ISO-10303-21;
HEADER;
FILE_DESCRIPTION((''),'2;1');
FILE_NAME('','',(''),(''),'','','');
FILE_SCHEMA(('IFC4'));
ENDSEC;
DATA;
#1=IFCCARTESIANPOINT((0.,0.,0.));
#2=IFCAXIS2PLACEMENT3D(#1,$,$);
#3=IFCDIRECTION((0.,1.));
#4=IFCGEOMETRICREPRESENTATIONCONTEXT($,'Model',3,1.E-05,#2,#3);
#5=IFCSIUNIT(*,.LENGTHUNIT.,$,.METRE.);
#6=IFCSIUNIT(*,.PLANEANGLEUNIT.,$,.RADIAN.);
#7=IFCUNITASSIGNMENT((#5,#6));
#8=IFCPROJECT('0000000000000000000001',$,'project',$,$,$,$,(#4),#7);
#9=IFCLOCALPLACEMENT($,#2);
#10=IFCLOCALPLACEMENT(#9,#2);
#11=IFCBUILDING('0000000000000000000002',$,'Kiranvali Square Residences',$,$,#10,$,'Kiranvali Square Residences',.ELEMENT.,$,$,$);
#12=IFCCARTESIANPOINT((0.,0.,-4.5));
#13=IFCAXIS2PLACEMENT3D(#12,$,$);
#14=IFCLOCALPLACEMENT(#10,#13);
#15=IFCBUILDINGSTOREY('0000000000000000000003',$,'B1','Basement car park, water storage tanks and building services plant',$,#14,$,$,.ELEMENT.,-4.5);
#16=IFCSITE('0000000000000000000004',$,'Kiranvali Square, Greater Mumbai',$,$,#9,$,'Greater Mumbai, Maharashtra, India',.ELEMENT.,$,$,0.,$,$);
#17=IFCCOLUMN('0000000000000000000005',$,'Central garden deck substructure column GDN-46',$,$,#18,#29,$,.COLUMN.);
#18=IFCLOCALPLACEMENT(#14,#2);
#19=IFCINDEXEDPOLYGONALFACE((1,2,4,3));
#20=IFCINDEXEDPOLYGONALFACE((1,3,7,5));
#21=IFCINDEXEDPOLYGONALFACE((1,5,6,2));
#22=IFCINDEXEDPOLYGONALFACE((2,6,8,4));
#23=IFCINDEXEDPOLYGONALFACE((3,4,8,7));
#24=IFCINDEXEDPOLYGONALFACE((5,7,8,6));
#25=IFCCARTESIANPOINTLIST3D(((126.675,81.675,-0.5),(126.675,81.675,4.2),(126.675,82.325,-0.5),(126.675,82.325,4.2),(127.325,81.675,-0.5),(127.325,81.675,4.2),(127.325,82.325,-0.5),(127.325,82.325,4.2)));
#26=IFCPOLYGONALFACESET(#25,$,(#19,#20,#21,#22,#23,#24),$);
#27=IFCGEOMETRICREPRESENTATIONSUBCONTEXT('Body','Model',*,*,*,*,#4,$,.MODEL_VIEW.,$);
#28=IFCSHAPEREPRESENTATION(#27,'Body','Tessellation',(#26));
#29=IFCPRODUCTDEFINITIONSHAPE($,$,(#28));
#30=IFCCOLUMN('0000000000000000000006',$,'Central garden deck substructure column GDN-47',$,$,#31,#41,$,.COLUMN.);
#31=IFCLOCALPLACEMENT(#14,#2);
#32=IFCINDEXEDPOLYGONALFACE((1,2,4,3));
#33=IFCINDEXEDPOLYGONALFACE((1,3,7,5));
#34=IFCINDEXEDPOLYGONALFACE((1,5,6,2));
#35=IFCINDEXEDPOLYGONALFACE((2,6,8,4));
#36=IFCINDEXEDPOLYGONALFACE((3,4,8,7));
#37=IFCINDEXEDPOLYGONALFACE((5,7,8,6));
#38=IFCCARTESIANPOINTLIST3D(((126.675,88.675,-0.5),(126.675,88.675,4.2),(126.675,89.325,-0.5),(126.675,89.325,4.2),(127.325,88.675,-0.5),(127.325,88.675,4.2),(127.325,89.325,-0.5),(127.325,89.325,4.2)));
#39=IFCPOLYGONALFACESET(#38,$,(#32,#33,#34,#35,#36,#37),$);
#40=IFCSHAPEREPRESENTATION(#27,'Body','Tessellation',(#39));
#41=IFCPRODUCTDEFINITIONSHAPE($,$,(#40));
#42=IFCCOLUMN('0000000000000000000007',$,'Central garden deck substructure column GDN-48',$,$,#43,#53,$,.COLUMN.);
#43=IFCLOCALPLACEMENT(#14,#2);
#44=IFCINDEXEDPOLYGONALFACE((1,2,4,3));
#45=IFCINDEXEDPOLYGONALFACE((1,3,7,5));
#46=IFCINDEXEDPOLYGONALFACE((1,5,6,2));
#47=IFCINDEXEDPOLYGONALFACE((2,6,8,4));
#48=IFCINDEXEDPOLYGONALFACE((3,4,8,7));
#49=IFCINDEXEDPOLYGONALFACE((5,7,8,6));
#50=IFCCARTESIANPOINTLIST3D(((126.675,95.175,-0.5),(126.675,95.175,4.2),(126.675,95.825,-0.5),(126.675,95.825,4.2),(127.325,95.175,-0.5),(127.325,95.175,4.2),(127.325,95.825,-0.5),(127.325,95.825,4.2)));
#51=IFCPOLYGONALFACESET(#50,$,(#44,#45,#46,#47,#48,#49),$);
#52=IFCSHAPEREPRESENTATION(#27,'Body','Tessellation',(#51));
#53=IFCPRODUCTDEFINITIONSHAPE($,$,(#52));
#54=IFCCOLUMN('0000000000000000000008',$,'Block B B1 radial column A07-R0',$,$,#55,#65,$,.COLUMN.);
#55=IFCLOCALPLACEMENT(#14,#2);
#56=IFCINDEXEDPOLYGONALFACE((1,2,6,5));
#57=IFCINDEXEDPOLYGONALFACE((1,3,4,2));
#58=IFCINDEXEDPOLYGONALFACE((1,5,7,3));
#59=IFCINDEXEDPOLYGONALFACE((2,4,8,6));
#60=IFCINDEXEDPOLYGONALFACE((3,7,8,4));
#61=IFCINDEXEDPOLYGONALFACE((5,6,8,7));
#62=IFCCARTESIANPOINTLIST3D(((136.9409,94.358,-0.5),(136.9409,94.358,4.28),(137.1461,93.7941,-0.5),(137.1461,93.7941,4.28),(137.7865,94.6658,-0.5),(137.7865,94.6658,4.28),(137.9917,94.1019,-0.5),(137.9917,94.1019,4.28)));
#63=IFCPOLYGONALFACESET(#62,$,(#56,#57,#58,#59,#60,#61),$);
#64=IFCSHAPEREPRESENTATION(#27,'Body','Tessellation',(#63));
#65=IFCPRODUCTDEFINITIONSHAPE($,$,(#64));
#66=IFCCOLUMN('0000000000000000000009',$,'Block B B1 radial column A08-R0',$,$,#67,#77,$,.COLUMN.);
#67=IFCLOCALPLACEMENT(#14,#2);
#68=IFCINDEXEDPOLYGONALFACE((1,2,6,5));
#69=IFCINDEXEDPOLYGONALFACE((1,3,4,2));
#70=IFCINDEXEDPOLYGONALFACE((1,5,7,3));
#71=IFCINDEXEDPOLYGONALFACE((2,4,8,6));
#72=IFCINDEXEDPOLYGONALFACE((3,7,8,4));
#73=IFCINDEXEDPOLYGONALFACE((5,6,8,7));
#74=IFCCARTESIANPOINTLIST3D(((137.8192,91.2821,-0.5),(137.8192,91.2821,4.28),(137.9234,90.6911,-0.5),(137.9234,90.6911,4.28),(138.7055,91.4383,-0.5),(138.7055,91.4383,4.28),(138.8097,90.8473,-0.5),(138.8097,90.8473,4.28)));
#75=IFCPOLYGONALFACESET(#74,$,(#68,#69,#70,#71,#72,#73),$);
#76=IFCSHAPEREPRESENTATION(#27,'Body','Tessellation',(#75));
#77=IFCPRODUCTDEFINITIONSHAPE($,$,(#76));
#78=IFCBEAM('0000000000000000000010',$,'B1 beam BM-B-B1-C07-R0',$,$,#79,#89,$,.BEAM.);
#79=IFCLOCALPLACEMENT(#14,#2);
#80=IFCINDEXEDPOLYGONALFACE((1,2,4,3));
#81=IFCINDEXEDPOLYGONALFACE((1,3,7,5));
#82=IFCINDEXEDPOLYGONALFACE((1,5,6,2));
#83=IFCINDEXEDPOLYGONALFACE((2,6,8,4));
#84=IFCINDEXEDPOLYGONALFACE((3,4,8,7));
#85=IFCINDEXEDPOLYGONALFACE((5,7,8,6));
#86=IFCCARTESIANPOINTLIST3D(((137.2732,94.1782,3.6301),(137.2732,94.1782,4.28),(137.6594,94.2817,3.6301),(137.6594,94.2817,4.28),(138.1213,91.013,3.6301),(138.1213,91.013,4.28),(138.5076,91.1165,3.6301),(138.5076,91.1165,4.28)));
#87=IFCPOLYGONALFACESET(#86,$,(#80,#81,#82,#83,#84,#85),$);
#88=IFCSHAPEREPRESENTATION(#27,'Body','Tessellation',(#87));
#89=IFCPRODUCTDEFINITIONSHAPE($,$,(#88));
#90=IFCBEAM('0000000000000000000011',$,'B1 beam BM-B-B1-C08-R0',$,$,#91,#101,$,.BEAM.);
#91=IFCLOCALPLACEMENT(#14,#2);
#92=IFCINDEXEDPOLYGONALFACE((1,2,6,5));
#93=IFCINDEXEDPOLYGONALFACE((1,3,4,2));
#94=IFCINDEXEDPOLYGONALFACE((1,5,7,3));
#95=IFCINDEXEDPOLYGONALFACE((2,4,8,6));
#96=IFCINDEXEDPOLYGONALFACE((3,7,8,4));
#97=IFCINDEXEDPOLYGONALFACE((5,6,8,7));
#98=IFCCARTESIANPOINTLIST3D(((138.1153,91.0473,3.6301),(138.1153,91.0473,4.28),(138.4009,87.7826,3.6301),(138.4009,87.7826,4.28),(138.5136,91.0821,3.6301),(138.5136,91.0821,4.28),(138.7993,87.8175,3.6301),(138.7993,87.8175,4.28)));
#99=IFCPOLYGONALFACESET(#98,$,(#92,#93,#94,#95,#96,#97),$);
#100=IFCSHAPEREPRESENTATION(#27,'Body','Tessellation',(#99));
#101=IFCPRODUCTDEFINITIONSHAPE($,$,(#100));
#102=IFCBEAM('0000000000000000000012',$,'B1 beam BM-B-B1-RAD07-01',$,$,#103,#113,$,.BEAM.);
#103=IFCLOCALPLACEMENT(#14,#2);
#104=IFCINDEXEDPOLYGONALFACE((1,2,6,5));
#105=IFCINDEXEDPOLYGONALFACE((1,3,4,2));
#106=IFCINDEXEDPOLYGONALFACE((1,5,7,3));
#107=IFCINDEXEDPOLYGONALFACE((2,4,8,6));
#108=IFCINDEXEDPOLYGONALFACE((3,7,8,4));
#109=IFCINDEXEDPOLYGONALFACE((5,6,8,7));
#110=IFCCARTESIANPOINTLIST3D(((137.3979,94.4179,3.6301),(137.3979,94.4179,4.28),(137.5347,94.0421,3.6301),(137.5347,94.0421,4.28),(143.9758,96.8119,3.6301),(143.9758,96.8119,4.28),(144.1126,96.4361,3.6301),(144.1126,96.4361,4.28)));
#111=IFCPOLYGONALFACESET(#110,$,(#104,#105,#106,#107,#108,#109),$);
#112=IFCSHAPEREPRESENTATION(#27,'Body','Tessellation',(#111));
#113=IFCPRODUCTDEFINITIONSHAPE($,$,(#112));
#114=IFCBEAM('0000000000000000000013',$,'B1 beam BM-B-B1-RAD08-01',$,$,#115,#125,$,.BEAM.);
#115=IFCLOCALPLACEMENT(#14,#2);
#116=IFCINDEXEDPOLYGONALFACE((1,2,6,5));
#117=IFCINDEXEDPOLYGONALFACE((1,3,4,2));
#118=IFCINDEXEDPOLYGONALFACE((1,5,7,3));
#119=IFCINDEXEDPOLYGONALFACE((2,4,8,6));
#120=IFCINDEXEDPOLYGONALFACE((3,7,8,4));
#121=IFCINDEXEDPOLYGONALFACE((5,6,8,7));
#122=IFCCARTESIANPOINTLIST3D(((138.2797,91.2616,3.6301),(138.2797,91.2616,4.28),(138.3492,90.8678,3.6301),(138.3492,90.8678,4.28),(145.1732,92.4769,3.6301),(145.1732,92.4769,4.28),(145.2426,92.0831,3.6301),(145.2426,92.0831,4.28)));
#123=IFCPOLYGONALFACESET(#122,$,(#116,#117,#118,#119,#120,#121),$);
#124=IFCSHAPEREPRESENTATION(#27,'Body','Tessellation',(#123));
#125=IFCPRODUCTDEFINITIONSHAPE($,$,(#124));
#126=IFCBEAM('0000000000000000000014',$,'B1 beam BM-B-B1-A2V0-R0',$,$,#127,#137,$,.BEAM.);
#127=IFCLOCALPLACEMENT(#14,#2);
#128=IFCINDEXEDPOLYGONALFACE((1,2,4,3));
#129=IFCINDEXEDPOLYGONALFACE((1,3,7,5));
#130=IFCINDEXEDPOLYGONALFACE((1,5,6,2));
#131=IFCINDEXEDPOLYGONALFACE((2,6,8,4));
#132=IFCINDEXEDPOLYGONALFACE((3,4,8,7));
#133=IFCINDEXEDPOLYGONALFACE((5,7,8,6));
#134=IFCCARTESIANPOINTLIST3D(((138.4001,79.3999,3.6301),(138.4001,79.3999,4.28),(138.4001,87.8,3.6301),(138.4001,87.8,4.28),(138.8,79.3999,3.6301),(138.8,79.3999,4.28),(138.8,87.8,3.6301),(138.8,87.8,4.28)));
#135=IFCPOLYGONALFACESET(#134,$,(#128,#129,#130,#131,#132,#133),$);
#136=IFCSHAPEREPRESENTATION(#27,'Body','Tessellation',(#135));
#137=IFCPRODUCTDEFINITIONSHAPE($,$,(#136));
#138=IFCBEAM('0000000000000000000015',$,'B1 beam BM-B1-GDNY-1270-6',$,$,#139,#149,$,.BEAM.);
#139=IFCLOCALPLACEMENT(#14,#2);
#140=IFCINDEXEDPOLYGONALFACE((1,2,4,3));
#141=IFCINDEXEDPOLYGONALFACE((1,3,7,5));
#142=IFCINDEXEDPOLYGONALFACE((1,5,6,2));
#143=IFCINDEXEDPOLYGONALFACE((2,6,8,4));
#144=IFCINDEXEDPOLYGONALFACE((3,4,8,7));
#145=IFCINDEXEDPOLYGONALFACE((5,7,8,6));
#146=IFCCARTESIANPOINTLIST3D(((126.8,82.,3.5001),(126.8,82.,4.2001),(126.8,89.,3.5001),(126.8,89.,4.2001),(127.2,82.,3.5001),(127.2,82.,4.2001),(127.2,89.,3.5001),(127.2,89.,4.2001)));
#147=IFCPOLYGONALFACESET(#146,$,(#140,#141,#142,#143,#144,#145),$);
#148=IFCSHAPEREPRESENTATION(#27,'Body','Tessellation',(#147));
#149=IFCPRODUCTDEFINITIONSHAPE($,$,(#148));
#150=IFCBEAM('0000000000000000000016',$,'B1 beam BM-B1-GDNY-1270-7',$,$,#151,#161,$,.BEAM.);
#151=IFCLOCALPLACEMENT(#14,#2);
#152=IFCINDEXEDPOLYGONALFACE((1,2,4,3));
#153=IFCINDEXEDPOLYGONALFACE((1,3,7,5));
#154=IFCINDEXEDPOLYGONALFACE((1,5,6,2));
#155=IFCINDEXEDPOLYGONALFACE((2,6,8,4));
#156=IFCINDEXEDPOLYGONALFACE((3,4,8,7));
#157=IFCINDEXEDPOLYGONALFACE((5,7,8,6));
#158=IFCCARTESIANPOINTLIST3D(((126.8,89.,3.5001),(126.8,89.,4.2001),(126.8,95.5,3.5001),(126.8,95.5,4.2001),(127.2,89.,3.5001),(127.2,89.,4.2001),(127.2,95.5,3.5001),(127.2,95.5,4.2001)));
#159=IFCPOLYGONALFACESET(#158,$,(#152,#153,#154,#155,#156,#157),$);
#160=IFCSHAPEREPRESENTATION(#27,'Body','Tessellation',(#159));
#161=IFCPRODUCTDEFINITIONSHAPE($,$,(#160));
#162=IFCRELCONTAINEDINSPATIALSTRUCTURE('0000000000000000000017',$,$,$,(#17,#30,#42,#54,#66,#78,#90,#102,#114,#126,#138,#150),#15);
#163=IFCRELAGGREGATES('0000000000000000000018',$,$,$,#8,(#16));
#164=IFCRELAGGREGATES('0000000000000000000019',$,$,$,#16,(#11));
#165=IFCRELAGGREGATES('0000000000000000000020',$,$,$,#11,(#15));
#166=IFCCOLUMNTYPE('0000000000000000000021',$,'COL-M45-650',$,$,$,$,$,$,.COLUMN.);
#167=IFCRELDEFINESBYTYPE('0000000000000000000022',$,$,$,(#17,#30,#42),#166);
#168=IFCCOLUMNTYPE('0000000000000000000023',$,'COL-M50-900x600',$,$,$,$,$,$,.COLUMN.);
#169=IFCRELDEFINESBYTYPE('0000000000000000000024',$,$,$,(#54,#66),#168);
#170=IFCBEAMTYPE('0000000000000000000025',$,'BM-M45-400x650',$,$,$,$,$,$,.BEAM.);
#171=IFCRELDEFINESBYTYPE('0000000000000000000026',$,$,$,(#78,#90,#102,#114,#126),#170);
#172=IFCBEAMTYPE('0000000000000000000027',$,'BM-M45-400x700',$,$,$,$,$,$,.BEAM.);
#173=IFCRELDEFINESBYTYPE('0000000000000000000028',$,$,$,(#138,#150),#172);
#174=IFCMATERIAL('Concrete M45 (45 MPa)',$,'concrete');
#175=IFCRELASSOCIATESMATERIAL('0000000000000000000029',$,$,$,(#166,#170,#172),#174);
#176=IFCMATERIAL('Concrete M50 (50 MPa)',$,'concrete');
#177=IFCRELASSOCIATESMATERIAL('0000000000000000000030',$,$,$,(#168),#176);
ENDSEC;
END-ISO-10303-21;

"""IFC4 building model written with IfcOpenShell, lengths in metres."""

from ifc_helpers import new_model, si_unit, direction, frame, origin, origin_2d, place, context, subcontext, project, spatial, rectangle, extrude, material, material_profile, profile_set, type_object, element, save


model = new_model("IFC4")

# Units and contexts
model_context = context("Model", 3, precision=1e-05, world=origin(), true_north=direction((0.0, 1.0)))
body_context = subcontext(model_context, "Body", "Model", "MODEL_VIEW")
ifc_project = project(units=[si_unit("LENGTHUNIT", "METRE"), si_unit("PLANEANGLEUNIT", "RADIAN")], contexts=[model_context])

# Site, building, storey
site_placement = place(None, origin())
site = spatial("IfcSite", under=ifc_project, at=site_placement, Name="Kiranvali Square, Greater Mumbai", LongName="Greater Mumbai, Maharashtra, India", CompositionType="ELEMENT", RefElevation=0.0)
building_placement = place(site_placement, origin())
building = spatial("IfcBuilding", under=site, at=building_placement, Name="Kiranvali Square Residences", LongName="Kiranvali Square Residences", CompositionType="ELEMENT")
storey_placement = place(building_placement, frame((0.0, 0.0, -4.5)))
storey = spatial("IfcBuildingStorey", under=building, at=storey_placement, Name="B1", Description="Basement car park, water storage tanks and building services plant", CompositionType="ELEMENT", Elevation=-4.5)

# Columns
ifc_material_1 = material(Name="Concrete M45 (45 MPa)", Category="concrete")
ifc_material_profile_1 = material_profile(ifc_material_1, rectangle(XDim=0.6499, YDim=0.6499, at=origin_2d()), Name="RC 650x650")
ifc_profile_set_1 = profile_set([ifc_material_profile_1], Name="Concrete M45 (45 MPa)")
column_type_1 = type_object("IfcColumnType", Name="COL-M45-650", PredefinedType="COLUMN", material=ifc_profile_set_1)
for number, where, z_axis, x_axis, name in (
    (1, (127.0, 82.0, -0.5), (0.0, 0.0, 1.0), (1.0, 0.0, 0.0), "Central garden deck substructure column GDN-46"),
    (2, (127.0, 89.0, -0.5), (0.0, 0.0, 1.0), (1.0, 0.0, 0.0), "Central garden deck substructure column GDN-47"),
    (3, (127.0, 95.5, -0.5), (0.0, 0.0, 1.0), (1.0, 0.0, 0.0), "Central garden deck substructure column GDN-48"),
):
    element("IfcColumn", number, at=place(storey_placement, frame(where, z_axis=z_axis, x_axis=x_axis)), inside=storey, type_object=column_type_1, Name=name, PredefinedType="COLUMN", context=body_context, shape_type="SweptSolid", body=[
        extrude(rectangle(XDim=0.6499, YDim=0.6499, at=origin_2d()), origin(), (0.0, 0.0, 1.0), 4.7),
    ])
ifc_material_2 = material(Name="Concrete M50 (50 MPa)", Category="concrete")
ifc_material_profile_2 = material_profile(ifc_material_2, rectangle(XDim=0.6001, YDim=0.8999, at=origin_2d()), Name="RC 900x600")
ifc_profile_set_2 = profile_set([ifc_material_profile_2], Name="Concrete M50 (50 MPa)")
column_type_2 = type_object("IfcColumnType", Name="COL-M50-900x600", PredefinedType="COLUMN", material=ifc_profile_set_2)
for number, where, z_axis, x_axis, name in (
    (4, (137.4663, 94.23, -0.5), (0.0, 0.0, 1.0), (-0.34202, 0.939693, 0.0), "Block B B1 radial column A07-R0"),
    (5, (138.3145, 91.0647, -0.5), (0.0, 0.0, 1.0), (-0.173648, 0.984808, 0.0), "Block B B1 radial column A08-R0"),
):
    element("IfcColumn", number, at=place(storey_placement, frame(where, z_axis=z_axis, x_axis=x_axis)), inside=storey, type_object=column_type_2, Name=name, PredefinedType="COLUMN", context=body_context, shape_type="SweptSolid", body=[
        extrude(rectangle(XDim=0.6001, YDim=0.8999, at=origin_2d()), origin(), (0.0, 0.0, 1.0), 4.78),
    ])

# Beams
ifc_material_profile_3 = material_profile(ifc_material_1, rectangle(XDim=0.3999, YDim=0.6499, at=origin_2d()), Name="RC 400x650")
ifc_profile_set_3 = profile_set([ifc_material_profile_3], Name="Concrete M45 (45 MPa)")
beam_type_1 = type_object("IfcBeamType", Name="BM-M45-400x650", PredefinedType="BEAM", material=ifc_profile_set_3)
beam_1_placement = place(storey_placement, frame((137.4663, 94.23, 3.9551), z_axis=(0.258822, -0.965925, 0.0), x_axis=(0.965925, 0.258822, 0.0)))
element("IfcBeam", 6, at=beam_1_placement, inside=storey, type_object=beam_type_1, Name="B1 beam BM-B-B1-C07-R0", PredefinedType="BEAM", context=body_context, shape_type="SweptSolid", body=[
    extrude(rectangle(XDim=0.3999, YDim=0.6499, at=origin_2d()), origin(), (0.0, 0.0, 1.0), 3.2769),
])
beam_2_placement = place(storey_placement, frame((138.3145, 91.0647, 3.9551), z_axis=(0.087163, -0.996194, 0.0), x_axis=(0.996194, 0.087163, 0.0)))
element("IfcBeam", 7, at=beam_2_placement, inside=storey, type_object=beam_type_1, Name="B1 beam BM-B-B1-C08-R0", PredefinedType="BEAM", context=body_context, shape_type="SweptSolid", body=[
    extrude(rectangle(XDim=0.3999, YDim=0.6499, at=origin_2d()), origin(), (0.0, 0.0, 1.0), 3.2771),
])
beam_3_placement = place(storey_placement, frame((137.4663, 94.23, 3.9551), z_axis=(0.939698, 0.342006, 0.0), x_axis=(-0.342006, 0.939698, 0.0)))
element("IfcBeam", 8, at=beam_3_placement, inside=storey, type_object=beam_type_1, Name="B1 beam BM-B-B1-RAD07-01", PredefinedType="BEAM", context=body_context, shape_type="SweptSolid", body=[
    extrude(rectangle(XDim=0.3999, YDim=0.6499, at=origin_2d()), origin(), (0.0, 0.0, 1.0), 7.0),
])
beam_4_placement = place(storey_placement, frame((138.3145, 91.0647, 3.9551), z_axis=(0.984812, 0.173622, 0.0), x_axis=(-0.173622, 0.984812, 0.0)))
element("IfcBeam", 9, at=beam_4_placement, inside=storey, type_object=beam_type_1, Name="B1 beam BM-B-B1-RAD08-01", PredefinedType="BEAM", context=body_context, shape_type="SweptSolid", body=[
    extrude(rectangle(XDim=0.3999, YDim=0.6499, at=origin_2d()), origin(), (0.0, 0.0, 1.0), 6.9998),
])
beam_5_placement = place(storey_placement, frame((138.6001, 87.8, 3.9551), z_axis=(0.0, -1.0, 0.0), x_axis=(1.0, 0.0, 0.0)))
element("IfcBeam", 10, at=beam_5_placement, inside=storey, type_object=beam_type_1, Name="B1 beam BM-B-B1-A2V0-R0", PredefinedType="BEAM", context=body_context, shape_type="SweptSolid", body=[
    extrude(rectangle(XDim=0.3999, YDim=0.6499, at=origin_2d()), origin(), (0.0, 0.0, 1.0), 8.4001),
])
ifc_material_profile_4 = material_profile(ifc_material_1, rectangle(XDim=0.3999, YDim=0.7, at=origin_2d()), Name="RC 400x700")
ifc_profile_set_4 = profile_set([ifc_material_profile_4], Name="Concrete M45 (45 MPa)")
beam_type_2 = type_object("IfcBeamType", Name="BM-M45-400x700", PredefinedType="BEAM", material=ifc_profile_set_4)
beam_6_placement = place(storey_placement, frame((127.0, 82.0, 3.8501), z_axis=(0.0, 1.0, 0.0), x_axis=(-1.0, 0.0, 0.0)))
element("IfcBeam", 11, at=beam_6_placement, inside=storey, type_object=beam_type_2, Name="B1 beam BM-B1-GDNY-1270-6", PredefinedType="BEAM", context=body_context, shape_type="SweptSolid", body=[
    extrude(rectangle(XDim=0.3999, YDim=0.7, at=origin_2d()), origin(), (0.0, 0.0, 1.0), 7.0),
])
beam_7_placement = place(storey_placement, frame((127.0, 89.0, 3.8501), z_axis=(0.0, 1.0, 0.0), x_axis=(-1.0, 0.0, 0.0)))
element("IfcBeam", 12, at=beam_7_placement, inside=storey, type_object=beam_type_2, Name="B1 beam BM-B1-GDNY-1270-7", PredefinedType="BEAM", context=body_context, shape_type="SweptSolid", body=[
    extrude(rectangle(XDim=0.3999, YDim=0.7, at=origin_2d()), origin(), (0.0, 0.0, 1.0), 6.5),
])

save(model, "model.ifc")
